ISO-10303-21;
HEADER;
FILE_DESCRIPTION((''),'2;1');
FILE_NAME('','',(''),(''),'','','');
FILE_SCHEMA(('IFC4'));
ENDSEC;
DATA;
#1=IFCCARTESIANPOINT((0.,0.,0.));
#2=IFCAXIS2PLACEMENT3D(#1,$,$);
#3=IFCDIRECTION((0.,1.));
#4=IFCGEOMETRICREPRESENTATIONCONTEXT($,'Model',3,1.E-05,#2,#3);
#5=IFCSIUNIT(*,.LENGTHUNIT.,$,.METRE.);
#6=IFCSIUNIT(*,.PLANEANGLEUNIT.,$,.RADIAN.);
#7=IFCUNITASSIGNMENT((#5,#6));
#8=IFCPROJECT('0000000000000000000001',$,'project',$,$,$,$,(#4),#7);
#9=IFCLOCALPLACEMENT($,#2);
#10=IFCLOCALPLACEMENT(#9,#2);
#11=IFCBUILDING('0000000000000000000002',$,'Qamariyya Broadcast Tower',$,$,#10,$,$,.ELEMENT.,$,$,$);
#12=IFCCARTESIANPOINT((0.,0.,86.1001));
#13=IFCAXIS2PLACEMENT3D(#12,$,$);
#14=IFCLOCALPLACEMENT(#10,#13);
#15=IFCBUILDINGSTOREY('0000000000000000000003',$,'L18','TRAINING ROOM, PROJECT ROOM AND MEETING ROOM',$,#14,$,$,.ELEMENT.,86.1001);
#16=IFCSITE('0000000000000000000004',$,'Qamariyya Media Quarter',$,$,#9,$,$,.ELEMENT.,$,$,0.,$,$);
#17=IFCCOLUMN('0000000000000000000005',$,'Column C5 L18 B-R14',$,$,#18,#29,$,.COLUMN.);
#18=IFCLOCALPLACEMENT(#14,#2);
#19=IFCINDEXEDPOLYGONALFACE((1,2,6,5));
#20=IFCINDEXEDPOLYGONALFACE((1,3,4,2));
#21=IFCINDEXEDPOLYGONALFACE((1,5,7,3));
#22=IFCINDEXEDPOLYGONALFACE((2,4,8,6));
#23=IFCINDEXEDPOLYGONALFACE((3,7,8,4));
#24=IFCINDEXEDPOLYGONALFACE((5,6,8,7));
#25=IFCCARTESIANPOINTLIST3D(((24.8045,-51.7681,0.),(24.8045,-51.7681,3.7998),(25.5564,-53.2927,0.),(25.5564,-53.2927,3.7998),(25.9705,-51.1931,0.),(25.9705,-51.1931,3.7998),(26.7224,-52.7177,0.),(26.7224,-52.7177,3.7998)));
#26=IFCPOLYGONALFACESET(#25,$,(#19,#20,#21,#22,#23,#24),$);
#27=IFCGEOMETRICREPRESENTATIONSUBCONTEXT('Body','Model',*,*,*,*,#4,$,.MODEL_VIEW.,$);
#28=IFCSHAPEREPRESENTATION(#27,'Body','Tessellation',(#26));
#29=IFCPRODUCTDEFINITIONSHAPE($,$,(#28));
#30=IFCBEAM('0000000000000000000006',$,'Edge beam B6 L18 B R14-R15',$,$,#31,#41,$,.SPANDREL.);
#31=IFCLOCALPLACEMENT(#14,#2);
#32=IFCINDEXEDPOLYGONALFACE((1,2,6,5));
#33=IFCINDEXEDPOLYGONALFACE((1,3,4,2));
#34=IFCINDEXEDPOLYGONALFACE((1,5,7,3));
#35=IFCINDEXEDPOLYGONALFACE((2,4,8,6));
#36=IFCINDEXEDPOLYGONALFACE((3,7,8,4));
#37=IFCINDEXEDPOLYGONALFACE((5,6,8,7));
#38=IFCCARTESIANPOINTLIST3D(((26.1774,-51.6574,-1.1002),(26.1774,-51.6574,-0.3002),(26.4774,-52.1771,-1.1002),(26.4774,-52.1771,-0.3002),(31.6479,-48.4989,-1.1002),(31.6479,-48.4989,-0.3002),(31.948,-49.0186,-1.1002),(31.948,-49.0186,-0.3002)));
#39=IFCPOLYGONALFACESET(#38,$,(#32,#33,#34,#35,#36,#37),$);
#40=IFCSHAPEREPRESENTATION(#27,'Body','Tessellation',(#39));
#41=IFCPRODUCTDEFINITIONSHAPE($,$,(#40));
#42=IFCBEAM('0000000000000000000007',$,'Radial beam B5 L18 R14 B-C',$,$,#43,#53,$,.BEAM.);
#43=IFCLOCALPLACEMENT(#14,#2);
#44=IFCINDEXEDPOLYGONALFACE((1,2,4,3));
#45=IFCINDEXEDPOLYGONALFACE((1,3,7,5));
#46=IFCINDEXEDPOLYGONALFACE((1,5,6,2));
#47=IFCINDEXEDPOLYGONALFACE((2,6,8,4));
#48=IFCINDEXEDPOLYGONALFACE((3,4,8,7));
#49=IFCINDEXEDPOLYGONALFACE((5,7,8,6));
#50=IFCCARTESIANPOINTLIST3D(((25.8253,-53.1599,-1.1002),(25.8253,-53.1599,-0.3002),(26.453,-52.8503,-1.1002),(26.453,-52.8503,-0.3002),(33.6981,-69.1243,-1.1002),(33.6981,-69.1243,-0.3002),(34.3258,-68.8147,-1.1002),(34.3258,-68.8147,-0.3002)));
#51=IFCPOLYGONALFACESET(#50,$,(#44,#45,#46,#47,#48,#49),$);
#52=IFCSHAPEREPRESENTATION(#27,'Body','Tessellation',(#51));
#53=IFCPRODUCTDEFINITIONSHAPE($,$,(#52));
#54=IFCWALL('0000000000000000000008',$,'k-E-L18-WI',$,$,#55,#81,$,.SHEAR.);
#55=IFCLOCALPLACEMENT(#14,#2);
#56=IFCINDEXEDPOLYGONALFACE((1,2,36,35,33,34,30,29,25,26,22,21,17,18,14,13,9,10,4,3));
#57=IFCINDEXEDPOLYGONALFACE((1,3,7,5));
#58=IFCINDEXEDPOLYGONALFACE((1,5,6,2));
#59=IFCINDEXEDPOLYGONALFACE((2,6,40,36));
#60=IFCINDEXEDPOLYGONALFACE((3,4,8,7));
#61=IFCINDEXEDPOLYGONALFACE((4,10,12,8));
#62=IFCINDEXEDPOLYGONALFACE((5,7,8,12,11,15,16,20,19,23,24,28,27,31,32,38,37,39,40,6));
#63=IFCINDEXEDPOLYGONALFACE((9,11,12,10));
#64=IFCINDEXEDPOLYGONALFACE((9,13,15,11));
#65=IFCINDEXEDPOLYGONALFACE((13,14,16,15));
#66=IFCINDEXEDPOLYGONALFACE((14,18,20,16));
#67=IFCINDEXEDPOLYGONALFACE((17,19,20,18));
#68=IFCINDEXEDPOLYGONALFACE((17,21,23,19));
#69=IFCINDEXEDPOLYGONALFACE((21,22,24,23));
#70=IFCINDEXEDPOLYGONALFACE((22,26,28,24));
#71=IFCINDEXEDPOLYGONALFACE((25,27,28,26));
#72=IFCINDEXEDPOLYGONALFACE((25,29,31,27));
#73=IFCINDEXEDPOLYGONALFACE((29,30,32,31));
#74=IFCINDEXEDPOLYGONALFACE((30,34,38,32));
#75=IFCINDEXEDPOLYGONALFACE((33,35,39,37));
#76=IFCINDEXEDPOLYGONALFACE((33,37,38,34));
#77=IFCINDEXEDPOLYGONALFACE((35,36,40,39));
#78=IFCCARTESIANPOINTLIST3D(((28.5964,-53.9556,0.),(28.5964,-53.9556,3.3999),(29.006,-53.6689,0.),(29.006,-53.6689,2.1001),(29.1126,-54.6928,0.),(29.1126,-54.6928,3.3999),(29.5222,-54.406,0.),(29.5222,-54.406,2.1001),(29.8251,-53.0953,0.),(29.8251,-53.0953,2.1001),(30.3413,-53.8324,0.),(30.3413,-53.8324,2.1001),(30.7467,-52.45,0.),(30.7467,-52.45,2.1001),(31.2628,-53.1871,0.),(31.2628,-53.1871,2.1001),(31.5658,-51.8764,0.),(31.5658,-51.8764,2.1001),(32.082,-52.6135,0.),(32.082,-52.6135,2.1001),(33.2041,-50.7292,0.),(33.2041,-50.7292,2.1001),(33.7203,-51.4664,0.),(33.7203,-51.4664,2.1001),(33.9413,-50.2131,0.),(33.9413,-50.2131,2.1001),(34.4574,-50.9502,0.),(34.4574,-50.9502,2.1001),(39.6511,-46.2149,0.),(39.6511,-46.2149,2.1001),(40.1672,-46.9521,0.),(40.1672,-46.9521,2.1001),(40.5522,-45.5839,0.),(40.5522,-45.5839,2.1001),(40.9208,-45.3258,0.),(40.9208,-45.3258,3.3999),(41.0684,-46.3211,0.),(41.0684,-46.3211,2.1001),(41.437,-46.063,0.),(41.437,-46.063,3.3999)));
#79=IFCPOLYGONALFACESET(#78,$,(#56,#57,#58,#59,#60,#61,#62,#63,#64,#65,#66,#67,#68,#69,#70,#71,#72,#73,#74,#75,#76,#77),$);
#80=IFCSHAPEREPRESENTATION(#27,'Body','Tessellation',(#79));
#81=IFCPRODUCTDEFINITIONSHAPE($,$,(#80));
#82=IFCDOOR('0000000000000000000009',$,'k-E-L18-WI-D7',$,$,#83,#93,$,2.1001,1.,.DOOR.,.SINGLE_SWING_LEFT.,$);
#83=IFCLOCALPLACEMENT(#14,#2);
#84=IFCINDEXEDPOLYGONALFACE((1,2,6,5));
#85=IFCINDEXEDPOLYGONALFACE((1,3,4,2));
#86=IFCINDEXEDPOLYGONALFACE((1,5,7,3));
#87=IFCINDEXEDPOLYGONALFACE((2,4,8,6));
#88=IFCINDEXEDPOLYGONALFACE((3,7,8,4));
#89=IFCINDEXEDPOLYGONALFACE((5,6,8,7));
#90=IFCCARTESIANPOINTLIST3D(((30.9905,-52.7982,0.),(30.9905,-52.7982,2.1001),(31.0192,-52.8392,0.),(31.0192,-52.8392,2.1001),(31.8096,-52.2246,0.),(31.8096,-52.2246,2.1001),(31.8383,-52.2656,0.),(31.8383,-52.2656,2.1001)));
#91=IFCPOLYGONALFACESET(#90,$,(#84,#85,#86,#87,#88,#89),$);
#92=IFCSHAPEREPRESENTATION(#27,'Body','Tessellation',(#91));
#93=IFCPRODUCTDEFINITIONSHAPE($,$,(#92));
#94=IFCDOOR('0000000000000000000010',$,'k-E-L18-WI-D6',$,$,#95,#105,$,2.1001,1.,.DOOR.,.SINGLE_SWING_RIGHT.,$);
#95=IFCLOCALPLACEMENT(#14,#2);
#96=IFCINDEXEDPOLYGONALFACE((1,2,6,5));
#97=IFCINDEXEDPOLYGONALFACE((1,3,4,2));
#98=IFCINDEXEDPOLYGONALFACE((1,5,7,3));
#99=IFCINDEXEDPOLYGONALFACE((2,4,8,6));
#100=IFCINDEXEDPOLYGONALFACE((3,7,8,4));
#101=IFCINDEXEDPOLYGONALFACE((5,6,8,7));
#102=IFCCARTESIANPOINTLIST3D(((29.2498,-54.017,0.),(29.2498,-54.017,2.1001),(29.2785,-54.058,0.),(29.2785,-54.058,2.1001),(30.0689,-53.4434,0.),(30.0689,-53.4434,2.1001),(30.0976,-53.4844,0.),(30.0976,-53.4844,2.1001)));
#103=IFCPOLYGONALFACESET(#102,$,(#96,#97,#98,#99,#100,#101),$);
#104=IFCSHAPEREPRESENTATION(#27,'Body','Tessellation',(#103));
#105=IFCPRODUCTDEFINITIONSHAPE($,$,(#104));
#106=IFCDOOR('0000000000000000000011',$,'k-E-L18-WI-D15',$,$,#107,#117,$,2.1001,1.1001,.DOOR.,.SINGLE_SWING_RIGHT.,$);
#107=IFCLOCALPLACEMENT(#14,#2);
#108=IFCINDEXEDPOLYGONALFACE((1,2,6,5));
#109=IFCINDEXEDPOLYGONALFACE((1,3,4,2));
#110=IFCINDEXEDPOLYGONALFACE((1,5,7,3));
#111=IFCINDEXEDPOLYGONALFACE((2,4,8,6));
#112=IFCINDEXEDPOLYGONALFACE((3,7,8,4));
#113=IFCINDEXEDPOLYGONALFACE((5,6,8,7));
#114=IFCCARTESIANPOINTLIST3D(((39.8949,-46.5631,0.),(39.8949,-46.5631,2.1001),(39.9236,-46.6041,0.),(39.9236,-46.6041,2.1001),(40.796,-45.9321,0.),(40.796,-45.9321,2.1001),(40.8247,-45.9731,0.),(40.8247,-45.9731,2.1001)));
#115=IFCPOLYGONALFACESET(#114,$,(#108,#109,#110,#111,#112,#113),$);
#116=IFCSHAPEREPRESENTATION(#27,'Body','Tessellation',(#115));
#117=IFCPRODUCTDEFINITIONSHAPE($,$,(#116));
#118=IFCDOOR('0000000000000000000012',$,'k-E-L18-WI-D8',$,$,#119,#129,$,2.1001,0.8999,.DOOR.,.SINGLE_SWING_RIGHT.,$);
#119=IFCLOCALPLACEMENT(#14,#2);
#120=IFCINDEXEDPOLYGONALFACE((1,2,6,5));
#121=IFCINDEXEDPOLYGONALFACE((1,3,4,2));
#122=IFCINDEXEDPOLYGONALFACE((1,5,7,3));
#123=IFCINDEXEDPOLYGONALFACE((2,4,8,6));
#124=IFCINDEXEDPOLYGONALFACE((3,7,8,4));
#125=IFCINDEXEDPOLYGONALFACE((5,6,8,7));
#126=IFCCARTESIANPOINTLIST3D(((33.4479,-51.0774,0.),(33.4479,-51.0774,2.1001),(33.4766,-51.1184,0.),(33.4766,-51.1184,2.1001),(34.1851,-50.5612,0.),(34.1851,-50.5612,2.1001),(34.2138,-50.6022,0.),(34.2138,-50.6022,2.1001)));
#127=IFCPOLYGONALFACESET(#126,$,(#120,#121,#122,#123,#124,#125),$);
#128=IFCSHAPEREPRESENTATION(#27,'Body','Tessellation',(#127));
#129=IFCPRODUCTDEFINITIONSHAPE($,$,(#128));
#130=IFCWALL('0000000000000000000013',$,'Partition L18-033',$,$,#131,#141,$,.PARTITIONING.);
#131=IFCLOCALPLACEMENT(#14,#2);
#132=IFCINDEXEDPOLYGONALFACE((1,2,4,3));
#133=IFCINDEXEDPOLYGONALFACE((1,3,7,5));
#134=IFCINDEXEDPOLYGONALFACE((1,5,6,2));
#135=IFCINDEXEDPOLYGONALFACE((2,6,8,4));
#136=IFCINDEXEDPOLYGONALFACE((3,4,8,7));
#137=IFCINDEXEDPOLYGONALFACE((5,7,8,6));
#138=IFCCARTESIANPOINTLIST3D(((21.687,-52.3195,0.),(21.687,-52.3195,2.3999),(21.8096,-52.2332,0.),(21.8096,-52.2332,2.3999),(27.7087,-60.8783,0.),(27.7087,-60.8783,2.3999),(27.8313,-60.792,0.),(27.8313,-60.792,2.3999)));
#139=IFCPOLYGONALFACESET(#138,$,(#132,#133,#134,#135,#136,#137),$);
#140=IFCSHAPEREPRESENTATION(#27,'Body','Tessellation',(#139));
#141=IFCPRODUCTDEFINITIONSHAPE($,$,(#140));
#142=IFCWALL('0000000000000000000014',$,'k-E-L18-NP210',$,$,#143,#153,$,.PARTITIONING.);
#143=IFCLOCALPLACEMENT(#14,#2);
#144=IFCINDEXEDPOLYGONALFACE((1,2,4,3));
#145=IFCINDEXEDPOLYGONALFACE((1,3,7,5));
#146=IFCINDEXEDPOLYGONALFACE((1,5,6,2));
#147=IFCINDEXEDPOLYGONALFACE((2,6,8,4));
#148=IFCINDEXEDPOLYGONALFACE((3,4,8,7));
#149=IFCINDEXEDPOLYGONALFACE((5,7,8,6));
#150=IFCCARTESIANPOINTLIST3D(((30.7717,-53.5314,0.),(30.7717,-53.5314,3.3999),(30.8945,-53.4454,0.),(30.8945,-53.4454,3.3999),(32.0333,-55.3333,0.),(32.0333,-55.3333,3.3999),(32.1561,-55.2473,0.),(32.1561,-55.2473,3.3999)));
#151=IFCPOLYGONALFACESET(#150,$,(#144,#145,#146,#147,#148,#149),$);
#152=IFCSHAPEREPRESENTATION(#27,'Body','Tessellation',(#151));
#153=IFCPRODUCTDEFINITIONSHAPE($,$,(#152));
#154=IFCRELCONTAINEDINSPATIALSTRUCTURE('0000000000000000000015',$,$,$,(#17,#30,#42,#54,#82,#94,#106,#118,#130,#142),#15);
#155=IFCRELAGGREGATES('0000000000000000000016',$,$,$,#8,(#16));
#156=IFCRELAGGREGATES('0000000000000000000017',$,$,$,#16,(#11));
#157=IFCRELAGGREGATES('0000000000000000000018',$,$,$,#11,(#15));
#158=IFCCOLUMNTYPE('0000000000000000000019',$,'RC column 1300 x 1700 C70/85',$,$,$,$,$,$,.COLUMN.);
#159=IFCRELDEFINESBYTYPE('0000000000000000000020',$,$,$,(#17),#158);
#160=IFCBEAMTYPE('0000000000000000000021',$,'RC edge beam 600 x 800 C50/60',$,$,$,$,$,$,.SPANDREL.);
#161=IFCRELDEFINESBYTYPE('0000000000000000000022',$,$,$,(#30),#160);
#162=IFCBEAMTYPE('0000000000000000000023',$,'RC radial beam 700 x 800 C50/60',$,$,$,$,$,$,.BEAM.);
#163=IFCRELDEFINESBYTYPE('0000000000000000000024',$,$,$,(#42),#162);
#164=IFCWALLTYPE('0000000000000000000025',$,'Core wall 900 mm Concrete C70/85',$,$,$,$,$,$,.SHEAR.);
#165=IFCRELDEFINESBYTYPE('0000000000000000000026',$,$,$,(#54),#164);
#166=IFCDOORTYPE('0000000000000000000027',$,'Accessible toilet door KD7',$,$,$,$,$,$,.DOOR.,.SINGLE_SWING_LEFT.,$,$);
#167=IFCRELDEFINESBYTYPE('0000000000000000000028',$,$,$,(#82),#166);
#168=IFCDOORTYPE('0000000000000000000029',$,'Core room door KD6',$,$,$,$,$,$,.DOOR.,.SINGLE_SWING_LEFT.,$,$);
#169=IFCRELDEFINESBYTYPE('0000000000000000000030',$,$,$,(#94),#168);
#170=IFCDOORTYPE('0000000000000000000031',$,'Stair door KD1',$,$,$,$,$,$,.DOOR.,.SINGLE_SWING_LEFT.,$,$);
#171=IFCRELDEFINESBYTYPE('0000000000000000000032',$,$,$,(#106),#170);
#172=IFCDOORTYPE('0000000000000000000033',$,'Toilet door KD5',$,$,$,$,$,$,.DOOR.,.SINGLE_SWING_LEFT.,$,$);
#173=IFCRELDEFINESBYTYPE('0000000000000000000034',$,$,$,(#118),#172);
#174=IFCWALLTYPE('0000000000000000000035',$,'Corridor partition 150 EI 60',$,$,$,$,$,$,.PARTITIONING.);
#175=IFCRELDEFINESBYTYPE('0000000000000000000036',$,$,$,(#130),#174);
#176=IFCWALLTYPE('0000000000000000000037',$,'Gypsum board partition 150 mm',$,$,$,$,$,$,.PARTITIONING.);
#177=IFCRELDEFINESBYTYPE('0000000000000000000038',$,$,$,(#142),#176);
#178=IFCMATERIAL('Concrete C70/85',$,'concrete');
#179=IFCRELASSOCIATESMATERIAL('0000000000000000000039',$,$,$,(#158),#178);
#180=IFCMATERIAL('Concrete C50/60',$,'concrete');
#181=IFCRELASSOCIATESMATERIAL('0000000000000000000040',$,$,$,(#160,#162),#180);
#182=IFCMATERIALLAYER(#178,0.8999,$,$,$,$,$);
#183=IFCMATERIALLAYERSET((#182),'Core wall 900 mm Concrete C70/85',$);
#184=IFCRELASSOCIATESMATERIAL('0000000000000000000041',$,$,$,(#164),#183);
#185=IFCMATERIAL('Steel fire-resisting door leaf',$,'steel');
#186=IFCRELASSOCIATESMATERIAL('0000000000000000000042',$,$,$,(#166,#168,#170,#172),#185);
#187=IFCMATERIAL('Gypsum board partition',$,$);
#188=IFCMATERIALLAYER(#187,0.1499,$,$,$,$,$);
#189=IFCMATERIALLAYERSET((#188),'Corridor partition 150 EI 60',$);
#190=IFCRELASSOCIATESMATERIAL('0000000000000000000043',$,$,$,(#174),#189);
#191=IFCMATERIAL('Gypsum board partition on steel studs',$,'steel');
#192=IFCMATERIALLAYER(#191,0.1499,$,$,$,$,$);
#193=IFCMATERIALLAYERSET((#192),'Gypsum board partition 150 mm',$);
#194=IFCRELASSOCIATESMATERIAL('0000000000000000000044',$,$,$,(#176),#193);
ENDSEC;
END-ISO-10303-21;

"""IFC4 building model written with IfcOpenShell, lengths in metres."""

from ifc_helpers import new_model, si_unit, direction, frame, frame_2d, origin, origin_2d, place, context, subcontext, project, spatial, rectangle, extrude, material, layer, layer_set, material_profile, profile_set, type_object, element, fill, save


model = new_model("IFC4")

# Units and contexts
model_context = context("Model", 3, precision=1e-05, world=origin(), true_north=direction((0.0, 1.0)))
body_context = subcontext(model_context, "Body", "Model", "MODEL_VIEW")
ifc_project = project(units=[si_unit("LENGTHUNIT", "METRE"), si_unit("PLANEANGLEUNIT", "RADIAN")], contexts=[model_context])

# Site, building, storey
site_placement = place(None, origin())
site = spatial("IfcSite", under=ifc_project, at=site_placement, Name="Qamariyya Media Quarter", CompositionType="ELEMENT", RefElevation=0.0)
building_placement = place(site_placement, origin())
building = spatial("IfcBuilding", under=site, at=building_placement, Name="Qamariyya Broadcast Tower", CompositionType="ELEMENT")
storey_placement = place(building_placement, frame((0.0, 0.0, 86.1001)))
storey = spatial("IfcBuildingStorey", under=building, at=storey_placement, Name="L18", Description="TRAINING ROOM, PROJECT ROOM AND MEETING ROOM", CompositionType="ELEMENT", Elevation=86.1001)

# Column
ifc_material_1 = material(Name="Concrete C70/85", Category="concrete")
ifc_material_profile_1 = material_profile(ifc_material_1, rectangle(XDim=1.3, YDim=1.7, at=origin_2d()))
ifc_profile_set_1 = profile_set([ifc_material_profile_1], Name="Concrete C70/85")
column_type = type_object("IfcColumnType", Name="RC column 1300 x 1700 C70/85", PredefinedType="COLUMN", material=ifc_profile_set_1)
column_placement = place(storey_placement, frame((25.7634, -52.2429, 0.0), z_axis=(0.0, 0.0, 1.0), x_axis=(0.896873, 0.442289, 0.0)))
element("IfcColumn", 1, at=column_placement, inside=storey, type_object=column_type, Name="Column C5 L18 B-R14", PredefinedType="COLUMN", context=body_context, shape_type="SweptSolid", body=[
    extrude(rectangle(XDim=1.3, YDim=1.7, at=origin_2d()), origin(), (0.0, 0.0, 1.0), 3.7998),
])

# Beams
ifc_material_2 = material(Name="Concrete C50/60", Category="concrete")
ifc_material_profile_2 = material_profile(ifc_material_2, rectangle(XDim=0.6001, YDim=0.8, at=origin_2d()))
ifc_profile_set_2 = profile_set([ifc_material_profile_2], Name="Concrete C50/60")
beam_type_1 = type_object("IfcBeamType", Name="RC edge beam 600 x 800 C50/60", PredefinedType="SPANDREL", material=ifc_profile_set_2)
beam_1_placement = place(storey_placement, frame((26.3274, -51.9172, -0.7002), z_axis=(0.86602, 0.500009, 0.0), x_axis=(-0.500009, 0.86602, 0.0)))
element("IfcBeam", 2, at=beam_1_placement, inside=storey, type_object=beam_type_1, Name="Edge beam B6 L18 B R14-R15", PredefinedType="SPANDREL", context=body_context, shape_type="SweptSolid", body=[
    extrude(rectangle(XDim=0.6001, YDim=0.8, at=origin_2d()), origin(), (0.0, 0.0, 1.0), 6.3169),
])
ifc_material_profile_3 = material_profile(ifc_material_2, rectangle(XDim=0.7, YDim=0.8, at=origin_2d()))
ifc_profile_set_3 = profile_set([ifc_material_profile_3], Name="Concrete C50/60")
beam_type_2 = type_object("IfcBeamType", Name="RC radial beam 700 x 800 C50/60", PredefinedType="BEAM", material=ifc_profile_set_3)
beam_2_placement = place(storey_placement, frame((26.1392, -53.0051, -0.7002), z_axis=(0.442291, -0.896872, 0.0), x_axis=(0.896872, 0.442291, 0.0)))
element("IfcBeam", 3, at=beam_2_placement, inside=storey, type_object=beam_type_2, Name="Radial beam B5 L18 R14 B-C", PredefinedType="BEAM", context=body_context, shape_type="SweptSolid", body=[
    extrude(rectangle(XDim=0.7, YDim=0.8, at=origin_2d()), origin(), (0.0, 0.0, 1.0), 17.8),
])

# Wall, openings, doors
ifc_layer_1 = layer(ifc_material_1, 0.8999)
ifc_layer_set_1 = layer_set([ifc_layer_1], Name="Core wall 900 mm Concrete C70/85")
wall_type_1 = type_object("IfcWallType", Name="Core wall 900 mm Concrete C70/85", PredefinedType="SHEAR", material=ifc_layer_set_1)
wall_1_placement = place(storey_placement, frame((28.8545, -54.3242, 0.0), z_axis=(0.0, 0.0, 1.0), x_axis=(0.819146, 0.573585, 0.0)))
wall_1 = element("IfcWall", 4, at=wall_1_placement, inside=storey, type_object=wall_type_1, Name="k-E-L18-WI", PredefinedType="SHEAR", context=body_context, shape_type="SweptSolid", body=[
    extrude(rectangle(XDim=15.0454, YDim=0.8999, at=frame_2d((7.5227, 0.0))), origin(), (0.0, 0.0, 1.0), 3.3999),
])
opening_1_placement = place(wall_1_placement, frame((0.5, 0.0, 0.0)))
opening_1 = element("IfcOpeningElement", 5, at=opening_1_placement, cuts=wall_1, PredefinedType="OPENING", context=body_context, shape_type="SweptSolid", body=[
    extrude(rectangle(XDim=1.0, YDim=2.1001, at=frame_2d((0.5, 1.05))), frame((0.0, 0.46, 0.0), z_axis=(0.0, -1.0, 0.0), x_axis=(1.0, 0.0, 0.0)), (0.0, 0.0, 1.0), 0.9199),
])
opening_2_placement = place(wall_1_placement, frame((2.625, 0.0, 0.0)))
opening_2 = element("IfcOpeningElement", 6, at=opening_2_placement, cuts=wall_1, PredefinedType="OPENING", context=body_context, shape_type="SweptSolid", body=[
    extrude(rectangle(XDim=1.0, YDim=2.1001, at=frame_2d((0.5, 1.05))), frame((0.0, 0.46, 0.0), z_axis=(0.0, -1.0, 0.0), x_axis=(1.0, 0.0, 0.0)), (0.0, 0.0, 1.0), 0.9199),
])
opening_3_placement = place(wall_1_placement, frame((5.625, 0.0, 0.0)))
opening_3 = element("IfcOpeningElement", 7, at=opening_3_placement, cuts=wall_1, PredefinedType="OPENING", context=body_context, shape_type="SweptSolid", body=[
    extrude(rectangle(XDim=0.8999, YDim=2.1001, at=frame_2d((0.45, 1.05))), frame((0.0, 0.46, 0.0), z_axis=(0.0, -1.0, 0.0), x_axis=(1.0, 0.0, 0.0)), (0.0, 0.0, 1.0), 0.9199),
])
opening_4_placement = place(wall_1_placement, frame((13.4954, 0.0, 0.0)))
opening_4 = element("IfcOpeningElement", 8, at=opening_4_placement, cuts=wall_1, PredefinedType="OPENING", context=body_context, shape_type="SweptSolid", body=[
    extrude(rectangle(XDim=1.1001, YDim=2.1001, at=frame_2d((0.55, 1.05))), frame((0.0, 0.46, 0.0), z_axis=(0.0, -1.0, 0.0), x_axis=(1.0, 0.0, 0.0)), (0.0, 0.0, 1.0), 0.9199),
])
ifc_material_3 = material(Name="Steel fire-resisting door leaf", Category="steel")
door_type_1 = type_object("IfcDoorType", Name="Accessible toilet door KD7", OperationType="SINGLE_SWING_LEFT", PredefinedType="DOOR", material=ifc_material_3)
door_1_placement = place(opening_2_placement, origin())
door_1 = element("IfcDoor", 9, at=door_1_placement, inside=storey, type_object=door_type_1, Name="k-E-L18-WI-D7", OperationType="SINGLE_SWING_LEFT", OverallHeight=2.1001, OverallWidth=1.0, PredefinedType="DOOR", context=body_context, shape_type="SweptSolid", body=[
    extrude(rectangle(XDim=1.0, YDim=2.1001, at=frame_2d((0.5, 1.05))), frame((0.0, 0.0249, 0.0), z_axis=(0.0, -1.0, 0.0), x_axis=(1.0, 0.0, 0.0)), (0.0, 0.0, 1.0), 0.05),
])
fill(opening_2, door_1)
door_type_2 = type_object("IfcDoorType", Name="Core room door KD6", OperationType="SINGLE_SWING_LEFT", PredefinedType="DOOR", material=ifc_material_3)
door_2_placement = place(opening_1_placement, origin())
door_2 = element("IfcDoor", 10, at=door_2_placement, inside=storey, type_object=door_type_2, Name="k-E-L18-WI-D6", OperationType="SINGLE_SWING_RIGHT", OverallHeight=2.1001, OverallWidth=1.0, PredefinedType="DOOR", context=body_context, shape_type="SweptSolid", body=[
    extrude(rectangle(XDim=1.0, YDim=2.1001, at=frame_2d((0.5, 1.05))), frame((0.0, 0.0249, 0.0), z_axis=(0.0, -1.0, 0.0), x_axis=(1.0, 0.0, 0.0)), (0.0, 0.0, 1.0), 0.05),
])
fill(opening_1, door_2)
door_type_3 = type_object("IfcDoorType", Name="Stair door KD1", OperationType="SINGLE_SWING_LEFT", PredefinedType="DOOR", material=ifc_material_3)
door_3_placement = place(opening_4_placement, origin())
door_3 = element("IfcDoor", 11, at=door_3_placement, inside=storey, type_object=door_type_3, Name="k-E-L18-WI-D15", OperationType="SINGLE_SWING_RIGHT", OverallHeight=2.1001, OverallWidth=1.1001, PredefinedType="DOOR", context=body_context, shape_type="SweptSolid", body=[
    extrude(rectangle(XDim=1.1001, YDim=2.1001, at=frame_2d((0.55, 1.05))), frame((0.0, 0.0249, 0.0), z_axis=(0.0, -1.0, 0.0), x_axis=(1.0, 0.0, 0.0)), (0.0, 0.0, 1.0), 0.05),
])
fill(opening_4, door_3)
door_type_4 = type_object("IfcDoorType", Name="Toilet door KD5", OperationType="SINGLE_SWING_LEFT", PredefinedType="DOOR", material=ifc_material_3)
door_4_placement = place(opening_3_placement, origin())
door_4 = element("IfcDoor", 12, at=door_4_placement, inside=storey, type_object=door_type_4, Name="k-E-L18-WI-D8", OperationType="SINGLE_SWING_RIGHT", OverallHeight=2.1001, OverallWidth=0.8999, PredefinedType="DOOR", context=body_context, shape_type="SweptSolid", body=[
    extrude(rectangle(XDim=0.8999, YDim=2.1001, at=frame_2d((0.45, 1.05))), frame((0.0, 0.0249, 0.0), z_axis=(0.0, -1.0, 0.0), x_axis=(1.0, 0.0, 0.0)), (0.0, 0.0, 1.0), 0.05),
])
fill(opening_3, door_4)

# Walls
ifc_material_4 = material(Name="Gypsum board partition")
ifc_layer_2 = layer(ifc_material_4, 0.1499)
ifc_layer_set_2 = layer_set([ifc_layer_2], Name="Corridor partition 150 EI 60")
wall_type_2 = type_object("IfcWallType", Name="Corridor partition 150 EI 60", PredefinedType="PARTITIONING", material=ifc_layer_set_2)
wall_2_placement = place(storey_placement, frame((21.7483, -52.2764, 0.0), z_axis=(0.0, 0.0, 1.0), x_axis=(0.575419, -0.817858, 0.0)))
element("IfcWall", 13, at=wall_2_placement, inside=storey, type_object=wall_type_2, Name="Partition L18-033", PredefinedType="PARTITIONING", context=body_context, shape_type="SweptSolid", body=[
    extrude(rectangle(XDim=10.4648, YDim=0.1499, at=frame_2d((5.2324, 0.0))), origin(), (0.0, 0.0, 1.0), 2.3999),
])
ifc_material_5 = material(Name="Gypsum board partition on steel studs", Category="steel")
ifc_layer_3 = layer(ifc_material_5, 0.1499)
ifc_layer_set_3 = layer_set([ifc_layer_3], Name="Gypsum board partition 150 mm")
wall_type_3 = type_object("IfcWallType", Name="Gypsum board partition 150 mm", PredefinedType="PARTITIONING", material=ifc_layer_set_3)
wall_3_placement = place(storey_placement, frame((32.0947, -55.2903, 0.0), z_axis=(0.0, 0.0, 1.0), x_axis=(-0.573559, 0.819164, 0.0)))
element("IfcWall", 14, at=wall_3_placement, inside=storey, type_object=wall_type_3, Name="k-E-L18-NP210", PredefinedType="PARTITIONING", context=body_context, shape_type="SweptSolid", body=[
    extrude(rectangle(XDim=2.1997, YDim=0.1499, at=frame_2d((1.0999, 0.0))), origin(), (0.0, 0.0, 1.0), 3.3999),
])

save(model, "model.ifc")
